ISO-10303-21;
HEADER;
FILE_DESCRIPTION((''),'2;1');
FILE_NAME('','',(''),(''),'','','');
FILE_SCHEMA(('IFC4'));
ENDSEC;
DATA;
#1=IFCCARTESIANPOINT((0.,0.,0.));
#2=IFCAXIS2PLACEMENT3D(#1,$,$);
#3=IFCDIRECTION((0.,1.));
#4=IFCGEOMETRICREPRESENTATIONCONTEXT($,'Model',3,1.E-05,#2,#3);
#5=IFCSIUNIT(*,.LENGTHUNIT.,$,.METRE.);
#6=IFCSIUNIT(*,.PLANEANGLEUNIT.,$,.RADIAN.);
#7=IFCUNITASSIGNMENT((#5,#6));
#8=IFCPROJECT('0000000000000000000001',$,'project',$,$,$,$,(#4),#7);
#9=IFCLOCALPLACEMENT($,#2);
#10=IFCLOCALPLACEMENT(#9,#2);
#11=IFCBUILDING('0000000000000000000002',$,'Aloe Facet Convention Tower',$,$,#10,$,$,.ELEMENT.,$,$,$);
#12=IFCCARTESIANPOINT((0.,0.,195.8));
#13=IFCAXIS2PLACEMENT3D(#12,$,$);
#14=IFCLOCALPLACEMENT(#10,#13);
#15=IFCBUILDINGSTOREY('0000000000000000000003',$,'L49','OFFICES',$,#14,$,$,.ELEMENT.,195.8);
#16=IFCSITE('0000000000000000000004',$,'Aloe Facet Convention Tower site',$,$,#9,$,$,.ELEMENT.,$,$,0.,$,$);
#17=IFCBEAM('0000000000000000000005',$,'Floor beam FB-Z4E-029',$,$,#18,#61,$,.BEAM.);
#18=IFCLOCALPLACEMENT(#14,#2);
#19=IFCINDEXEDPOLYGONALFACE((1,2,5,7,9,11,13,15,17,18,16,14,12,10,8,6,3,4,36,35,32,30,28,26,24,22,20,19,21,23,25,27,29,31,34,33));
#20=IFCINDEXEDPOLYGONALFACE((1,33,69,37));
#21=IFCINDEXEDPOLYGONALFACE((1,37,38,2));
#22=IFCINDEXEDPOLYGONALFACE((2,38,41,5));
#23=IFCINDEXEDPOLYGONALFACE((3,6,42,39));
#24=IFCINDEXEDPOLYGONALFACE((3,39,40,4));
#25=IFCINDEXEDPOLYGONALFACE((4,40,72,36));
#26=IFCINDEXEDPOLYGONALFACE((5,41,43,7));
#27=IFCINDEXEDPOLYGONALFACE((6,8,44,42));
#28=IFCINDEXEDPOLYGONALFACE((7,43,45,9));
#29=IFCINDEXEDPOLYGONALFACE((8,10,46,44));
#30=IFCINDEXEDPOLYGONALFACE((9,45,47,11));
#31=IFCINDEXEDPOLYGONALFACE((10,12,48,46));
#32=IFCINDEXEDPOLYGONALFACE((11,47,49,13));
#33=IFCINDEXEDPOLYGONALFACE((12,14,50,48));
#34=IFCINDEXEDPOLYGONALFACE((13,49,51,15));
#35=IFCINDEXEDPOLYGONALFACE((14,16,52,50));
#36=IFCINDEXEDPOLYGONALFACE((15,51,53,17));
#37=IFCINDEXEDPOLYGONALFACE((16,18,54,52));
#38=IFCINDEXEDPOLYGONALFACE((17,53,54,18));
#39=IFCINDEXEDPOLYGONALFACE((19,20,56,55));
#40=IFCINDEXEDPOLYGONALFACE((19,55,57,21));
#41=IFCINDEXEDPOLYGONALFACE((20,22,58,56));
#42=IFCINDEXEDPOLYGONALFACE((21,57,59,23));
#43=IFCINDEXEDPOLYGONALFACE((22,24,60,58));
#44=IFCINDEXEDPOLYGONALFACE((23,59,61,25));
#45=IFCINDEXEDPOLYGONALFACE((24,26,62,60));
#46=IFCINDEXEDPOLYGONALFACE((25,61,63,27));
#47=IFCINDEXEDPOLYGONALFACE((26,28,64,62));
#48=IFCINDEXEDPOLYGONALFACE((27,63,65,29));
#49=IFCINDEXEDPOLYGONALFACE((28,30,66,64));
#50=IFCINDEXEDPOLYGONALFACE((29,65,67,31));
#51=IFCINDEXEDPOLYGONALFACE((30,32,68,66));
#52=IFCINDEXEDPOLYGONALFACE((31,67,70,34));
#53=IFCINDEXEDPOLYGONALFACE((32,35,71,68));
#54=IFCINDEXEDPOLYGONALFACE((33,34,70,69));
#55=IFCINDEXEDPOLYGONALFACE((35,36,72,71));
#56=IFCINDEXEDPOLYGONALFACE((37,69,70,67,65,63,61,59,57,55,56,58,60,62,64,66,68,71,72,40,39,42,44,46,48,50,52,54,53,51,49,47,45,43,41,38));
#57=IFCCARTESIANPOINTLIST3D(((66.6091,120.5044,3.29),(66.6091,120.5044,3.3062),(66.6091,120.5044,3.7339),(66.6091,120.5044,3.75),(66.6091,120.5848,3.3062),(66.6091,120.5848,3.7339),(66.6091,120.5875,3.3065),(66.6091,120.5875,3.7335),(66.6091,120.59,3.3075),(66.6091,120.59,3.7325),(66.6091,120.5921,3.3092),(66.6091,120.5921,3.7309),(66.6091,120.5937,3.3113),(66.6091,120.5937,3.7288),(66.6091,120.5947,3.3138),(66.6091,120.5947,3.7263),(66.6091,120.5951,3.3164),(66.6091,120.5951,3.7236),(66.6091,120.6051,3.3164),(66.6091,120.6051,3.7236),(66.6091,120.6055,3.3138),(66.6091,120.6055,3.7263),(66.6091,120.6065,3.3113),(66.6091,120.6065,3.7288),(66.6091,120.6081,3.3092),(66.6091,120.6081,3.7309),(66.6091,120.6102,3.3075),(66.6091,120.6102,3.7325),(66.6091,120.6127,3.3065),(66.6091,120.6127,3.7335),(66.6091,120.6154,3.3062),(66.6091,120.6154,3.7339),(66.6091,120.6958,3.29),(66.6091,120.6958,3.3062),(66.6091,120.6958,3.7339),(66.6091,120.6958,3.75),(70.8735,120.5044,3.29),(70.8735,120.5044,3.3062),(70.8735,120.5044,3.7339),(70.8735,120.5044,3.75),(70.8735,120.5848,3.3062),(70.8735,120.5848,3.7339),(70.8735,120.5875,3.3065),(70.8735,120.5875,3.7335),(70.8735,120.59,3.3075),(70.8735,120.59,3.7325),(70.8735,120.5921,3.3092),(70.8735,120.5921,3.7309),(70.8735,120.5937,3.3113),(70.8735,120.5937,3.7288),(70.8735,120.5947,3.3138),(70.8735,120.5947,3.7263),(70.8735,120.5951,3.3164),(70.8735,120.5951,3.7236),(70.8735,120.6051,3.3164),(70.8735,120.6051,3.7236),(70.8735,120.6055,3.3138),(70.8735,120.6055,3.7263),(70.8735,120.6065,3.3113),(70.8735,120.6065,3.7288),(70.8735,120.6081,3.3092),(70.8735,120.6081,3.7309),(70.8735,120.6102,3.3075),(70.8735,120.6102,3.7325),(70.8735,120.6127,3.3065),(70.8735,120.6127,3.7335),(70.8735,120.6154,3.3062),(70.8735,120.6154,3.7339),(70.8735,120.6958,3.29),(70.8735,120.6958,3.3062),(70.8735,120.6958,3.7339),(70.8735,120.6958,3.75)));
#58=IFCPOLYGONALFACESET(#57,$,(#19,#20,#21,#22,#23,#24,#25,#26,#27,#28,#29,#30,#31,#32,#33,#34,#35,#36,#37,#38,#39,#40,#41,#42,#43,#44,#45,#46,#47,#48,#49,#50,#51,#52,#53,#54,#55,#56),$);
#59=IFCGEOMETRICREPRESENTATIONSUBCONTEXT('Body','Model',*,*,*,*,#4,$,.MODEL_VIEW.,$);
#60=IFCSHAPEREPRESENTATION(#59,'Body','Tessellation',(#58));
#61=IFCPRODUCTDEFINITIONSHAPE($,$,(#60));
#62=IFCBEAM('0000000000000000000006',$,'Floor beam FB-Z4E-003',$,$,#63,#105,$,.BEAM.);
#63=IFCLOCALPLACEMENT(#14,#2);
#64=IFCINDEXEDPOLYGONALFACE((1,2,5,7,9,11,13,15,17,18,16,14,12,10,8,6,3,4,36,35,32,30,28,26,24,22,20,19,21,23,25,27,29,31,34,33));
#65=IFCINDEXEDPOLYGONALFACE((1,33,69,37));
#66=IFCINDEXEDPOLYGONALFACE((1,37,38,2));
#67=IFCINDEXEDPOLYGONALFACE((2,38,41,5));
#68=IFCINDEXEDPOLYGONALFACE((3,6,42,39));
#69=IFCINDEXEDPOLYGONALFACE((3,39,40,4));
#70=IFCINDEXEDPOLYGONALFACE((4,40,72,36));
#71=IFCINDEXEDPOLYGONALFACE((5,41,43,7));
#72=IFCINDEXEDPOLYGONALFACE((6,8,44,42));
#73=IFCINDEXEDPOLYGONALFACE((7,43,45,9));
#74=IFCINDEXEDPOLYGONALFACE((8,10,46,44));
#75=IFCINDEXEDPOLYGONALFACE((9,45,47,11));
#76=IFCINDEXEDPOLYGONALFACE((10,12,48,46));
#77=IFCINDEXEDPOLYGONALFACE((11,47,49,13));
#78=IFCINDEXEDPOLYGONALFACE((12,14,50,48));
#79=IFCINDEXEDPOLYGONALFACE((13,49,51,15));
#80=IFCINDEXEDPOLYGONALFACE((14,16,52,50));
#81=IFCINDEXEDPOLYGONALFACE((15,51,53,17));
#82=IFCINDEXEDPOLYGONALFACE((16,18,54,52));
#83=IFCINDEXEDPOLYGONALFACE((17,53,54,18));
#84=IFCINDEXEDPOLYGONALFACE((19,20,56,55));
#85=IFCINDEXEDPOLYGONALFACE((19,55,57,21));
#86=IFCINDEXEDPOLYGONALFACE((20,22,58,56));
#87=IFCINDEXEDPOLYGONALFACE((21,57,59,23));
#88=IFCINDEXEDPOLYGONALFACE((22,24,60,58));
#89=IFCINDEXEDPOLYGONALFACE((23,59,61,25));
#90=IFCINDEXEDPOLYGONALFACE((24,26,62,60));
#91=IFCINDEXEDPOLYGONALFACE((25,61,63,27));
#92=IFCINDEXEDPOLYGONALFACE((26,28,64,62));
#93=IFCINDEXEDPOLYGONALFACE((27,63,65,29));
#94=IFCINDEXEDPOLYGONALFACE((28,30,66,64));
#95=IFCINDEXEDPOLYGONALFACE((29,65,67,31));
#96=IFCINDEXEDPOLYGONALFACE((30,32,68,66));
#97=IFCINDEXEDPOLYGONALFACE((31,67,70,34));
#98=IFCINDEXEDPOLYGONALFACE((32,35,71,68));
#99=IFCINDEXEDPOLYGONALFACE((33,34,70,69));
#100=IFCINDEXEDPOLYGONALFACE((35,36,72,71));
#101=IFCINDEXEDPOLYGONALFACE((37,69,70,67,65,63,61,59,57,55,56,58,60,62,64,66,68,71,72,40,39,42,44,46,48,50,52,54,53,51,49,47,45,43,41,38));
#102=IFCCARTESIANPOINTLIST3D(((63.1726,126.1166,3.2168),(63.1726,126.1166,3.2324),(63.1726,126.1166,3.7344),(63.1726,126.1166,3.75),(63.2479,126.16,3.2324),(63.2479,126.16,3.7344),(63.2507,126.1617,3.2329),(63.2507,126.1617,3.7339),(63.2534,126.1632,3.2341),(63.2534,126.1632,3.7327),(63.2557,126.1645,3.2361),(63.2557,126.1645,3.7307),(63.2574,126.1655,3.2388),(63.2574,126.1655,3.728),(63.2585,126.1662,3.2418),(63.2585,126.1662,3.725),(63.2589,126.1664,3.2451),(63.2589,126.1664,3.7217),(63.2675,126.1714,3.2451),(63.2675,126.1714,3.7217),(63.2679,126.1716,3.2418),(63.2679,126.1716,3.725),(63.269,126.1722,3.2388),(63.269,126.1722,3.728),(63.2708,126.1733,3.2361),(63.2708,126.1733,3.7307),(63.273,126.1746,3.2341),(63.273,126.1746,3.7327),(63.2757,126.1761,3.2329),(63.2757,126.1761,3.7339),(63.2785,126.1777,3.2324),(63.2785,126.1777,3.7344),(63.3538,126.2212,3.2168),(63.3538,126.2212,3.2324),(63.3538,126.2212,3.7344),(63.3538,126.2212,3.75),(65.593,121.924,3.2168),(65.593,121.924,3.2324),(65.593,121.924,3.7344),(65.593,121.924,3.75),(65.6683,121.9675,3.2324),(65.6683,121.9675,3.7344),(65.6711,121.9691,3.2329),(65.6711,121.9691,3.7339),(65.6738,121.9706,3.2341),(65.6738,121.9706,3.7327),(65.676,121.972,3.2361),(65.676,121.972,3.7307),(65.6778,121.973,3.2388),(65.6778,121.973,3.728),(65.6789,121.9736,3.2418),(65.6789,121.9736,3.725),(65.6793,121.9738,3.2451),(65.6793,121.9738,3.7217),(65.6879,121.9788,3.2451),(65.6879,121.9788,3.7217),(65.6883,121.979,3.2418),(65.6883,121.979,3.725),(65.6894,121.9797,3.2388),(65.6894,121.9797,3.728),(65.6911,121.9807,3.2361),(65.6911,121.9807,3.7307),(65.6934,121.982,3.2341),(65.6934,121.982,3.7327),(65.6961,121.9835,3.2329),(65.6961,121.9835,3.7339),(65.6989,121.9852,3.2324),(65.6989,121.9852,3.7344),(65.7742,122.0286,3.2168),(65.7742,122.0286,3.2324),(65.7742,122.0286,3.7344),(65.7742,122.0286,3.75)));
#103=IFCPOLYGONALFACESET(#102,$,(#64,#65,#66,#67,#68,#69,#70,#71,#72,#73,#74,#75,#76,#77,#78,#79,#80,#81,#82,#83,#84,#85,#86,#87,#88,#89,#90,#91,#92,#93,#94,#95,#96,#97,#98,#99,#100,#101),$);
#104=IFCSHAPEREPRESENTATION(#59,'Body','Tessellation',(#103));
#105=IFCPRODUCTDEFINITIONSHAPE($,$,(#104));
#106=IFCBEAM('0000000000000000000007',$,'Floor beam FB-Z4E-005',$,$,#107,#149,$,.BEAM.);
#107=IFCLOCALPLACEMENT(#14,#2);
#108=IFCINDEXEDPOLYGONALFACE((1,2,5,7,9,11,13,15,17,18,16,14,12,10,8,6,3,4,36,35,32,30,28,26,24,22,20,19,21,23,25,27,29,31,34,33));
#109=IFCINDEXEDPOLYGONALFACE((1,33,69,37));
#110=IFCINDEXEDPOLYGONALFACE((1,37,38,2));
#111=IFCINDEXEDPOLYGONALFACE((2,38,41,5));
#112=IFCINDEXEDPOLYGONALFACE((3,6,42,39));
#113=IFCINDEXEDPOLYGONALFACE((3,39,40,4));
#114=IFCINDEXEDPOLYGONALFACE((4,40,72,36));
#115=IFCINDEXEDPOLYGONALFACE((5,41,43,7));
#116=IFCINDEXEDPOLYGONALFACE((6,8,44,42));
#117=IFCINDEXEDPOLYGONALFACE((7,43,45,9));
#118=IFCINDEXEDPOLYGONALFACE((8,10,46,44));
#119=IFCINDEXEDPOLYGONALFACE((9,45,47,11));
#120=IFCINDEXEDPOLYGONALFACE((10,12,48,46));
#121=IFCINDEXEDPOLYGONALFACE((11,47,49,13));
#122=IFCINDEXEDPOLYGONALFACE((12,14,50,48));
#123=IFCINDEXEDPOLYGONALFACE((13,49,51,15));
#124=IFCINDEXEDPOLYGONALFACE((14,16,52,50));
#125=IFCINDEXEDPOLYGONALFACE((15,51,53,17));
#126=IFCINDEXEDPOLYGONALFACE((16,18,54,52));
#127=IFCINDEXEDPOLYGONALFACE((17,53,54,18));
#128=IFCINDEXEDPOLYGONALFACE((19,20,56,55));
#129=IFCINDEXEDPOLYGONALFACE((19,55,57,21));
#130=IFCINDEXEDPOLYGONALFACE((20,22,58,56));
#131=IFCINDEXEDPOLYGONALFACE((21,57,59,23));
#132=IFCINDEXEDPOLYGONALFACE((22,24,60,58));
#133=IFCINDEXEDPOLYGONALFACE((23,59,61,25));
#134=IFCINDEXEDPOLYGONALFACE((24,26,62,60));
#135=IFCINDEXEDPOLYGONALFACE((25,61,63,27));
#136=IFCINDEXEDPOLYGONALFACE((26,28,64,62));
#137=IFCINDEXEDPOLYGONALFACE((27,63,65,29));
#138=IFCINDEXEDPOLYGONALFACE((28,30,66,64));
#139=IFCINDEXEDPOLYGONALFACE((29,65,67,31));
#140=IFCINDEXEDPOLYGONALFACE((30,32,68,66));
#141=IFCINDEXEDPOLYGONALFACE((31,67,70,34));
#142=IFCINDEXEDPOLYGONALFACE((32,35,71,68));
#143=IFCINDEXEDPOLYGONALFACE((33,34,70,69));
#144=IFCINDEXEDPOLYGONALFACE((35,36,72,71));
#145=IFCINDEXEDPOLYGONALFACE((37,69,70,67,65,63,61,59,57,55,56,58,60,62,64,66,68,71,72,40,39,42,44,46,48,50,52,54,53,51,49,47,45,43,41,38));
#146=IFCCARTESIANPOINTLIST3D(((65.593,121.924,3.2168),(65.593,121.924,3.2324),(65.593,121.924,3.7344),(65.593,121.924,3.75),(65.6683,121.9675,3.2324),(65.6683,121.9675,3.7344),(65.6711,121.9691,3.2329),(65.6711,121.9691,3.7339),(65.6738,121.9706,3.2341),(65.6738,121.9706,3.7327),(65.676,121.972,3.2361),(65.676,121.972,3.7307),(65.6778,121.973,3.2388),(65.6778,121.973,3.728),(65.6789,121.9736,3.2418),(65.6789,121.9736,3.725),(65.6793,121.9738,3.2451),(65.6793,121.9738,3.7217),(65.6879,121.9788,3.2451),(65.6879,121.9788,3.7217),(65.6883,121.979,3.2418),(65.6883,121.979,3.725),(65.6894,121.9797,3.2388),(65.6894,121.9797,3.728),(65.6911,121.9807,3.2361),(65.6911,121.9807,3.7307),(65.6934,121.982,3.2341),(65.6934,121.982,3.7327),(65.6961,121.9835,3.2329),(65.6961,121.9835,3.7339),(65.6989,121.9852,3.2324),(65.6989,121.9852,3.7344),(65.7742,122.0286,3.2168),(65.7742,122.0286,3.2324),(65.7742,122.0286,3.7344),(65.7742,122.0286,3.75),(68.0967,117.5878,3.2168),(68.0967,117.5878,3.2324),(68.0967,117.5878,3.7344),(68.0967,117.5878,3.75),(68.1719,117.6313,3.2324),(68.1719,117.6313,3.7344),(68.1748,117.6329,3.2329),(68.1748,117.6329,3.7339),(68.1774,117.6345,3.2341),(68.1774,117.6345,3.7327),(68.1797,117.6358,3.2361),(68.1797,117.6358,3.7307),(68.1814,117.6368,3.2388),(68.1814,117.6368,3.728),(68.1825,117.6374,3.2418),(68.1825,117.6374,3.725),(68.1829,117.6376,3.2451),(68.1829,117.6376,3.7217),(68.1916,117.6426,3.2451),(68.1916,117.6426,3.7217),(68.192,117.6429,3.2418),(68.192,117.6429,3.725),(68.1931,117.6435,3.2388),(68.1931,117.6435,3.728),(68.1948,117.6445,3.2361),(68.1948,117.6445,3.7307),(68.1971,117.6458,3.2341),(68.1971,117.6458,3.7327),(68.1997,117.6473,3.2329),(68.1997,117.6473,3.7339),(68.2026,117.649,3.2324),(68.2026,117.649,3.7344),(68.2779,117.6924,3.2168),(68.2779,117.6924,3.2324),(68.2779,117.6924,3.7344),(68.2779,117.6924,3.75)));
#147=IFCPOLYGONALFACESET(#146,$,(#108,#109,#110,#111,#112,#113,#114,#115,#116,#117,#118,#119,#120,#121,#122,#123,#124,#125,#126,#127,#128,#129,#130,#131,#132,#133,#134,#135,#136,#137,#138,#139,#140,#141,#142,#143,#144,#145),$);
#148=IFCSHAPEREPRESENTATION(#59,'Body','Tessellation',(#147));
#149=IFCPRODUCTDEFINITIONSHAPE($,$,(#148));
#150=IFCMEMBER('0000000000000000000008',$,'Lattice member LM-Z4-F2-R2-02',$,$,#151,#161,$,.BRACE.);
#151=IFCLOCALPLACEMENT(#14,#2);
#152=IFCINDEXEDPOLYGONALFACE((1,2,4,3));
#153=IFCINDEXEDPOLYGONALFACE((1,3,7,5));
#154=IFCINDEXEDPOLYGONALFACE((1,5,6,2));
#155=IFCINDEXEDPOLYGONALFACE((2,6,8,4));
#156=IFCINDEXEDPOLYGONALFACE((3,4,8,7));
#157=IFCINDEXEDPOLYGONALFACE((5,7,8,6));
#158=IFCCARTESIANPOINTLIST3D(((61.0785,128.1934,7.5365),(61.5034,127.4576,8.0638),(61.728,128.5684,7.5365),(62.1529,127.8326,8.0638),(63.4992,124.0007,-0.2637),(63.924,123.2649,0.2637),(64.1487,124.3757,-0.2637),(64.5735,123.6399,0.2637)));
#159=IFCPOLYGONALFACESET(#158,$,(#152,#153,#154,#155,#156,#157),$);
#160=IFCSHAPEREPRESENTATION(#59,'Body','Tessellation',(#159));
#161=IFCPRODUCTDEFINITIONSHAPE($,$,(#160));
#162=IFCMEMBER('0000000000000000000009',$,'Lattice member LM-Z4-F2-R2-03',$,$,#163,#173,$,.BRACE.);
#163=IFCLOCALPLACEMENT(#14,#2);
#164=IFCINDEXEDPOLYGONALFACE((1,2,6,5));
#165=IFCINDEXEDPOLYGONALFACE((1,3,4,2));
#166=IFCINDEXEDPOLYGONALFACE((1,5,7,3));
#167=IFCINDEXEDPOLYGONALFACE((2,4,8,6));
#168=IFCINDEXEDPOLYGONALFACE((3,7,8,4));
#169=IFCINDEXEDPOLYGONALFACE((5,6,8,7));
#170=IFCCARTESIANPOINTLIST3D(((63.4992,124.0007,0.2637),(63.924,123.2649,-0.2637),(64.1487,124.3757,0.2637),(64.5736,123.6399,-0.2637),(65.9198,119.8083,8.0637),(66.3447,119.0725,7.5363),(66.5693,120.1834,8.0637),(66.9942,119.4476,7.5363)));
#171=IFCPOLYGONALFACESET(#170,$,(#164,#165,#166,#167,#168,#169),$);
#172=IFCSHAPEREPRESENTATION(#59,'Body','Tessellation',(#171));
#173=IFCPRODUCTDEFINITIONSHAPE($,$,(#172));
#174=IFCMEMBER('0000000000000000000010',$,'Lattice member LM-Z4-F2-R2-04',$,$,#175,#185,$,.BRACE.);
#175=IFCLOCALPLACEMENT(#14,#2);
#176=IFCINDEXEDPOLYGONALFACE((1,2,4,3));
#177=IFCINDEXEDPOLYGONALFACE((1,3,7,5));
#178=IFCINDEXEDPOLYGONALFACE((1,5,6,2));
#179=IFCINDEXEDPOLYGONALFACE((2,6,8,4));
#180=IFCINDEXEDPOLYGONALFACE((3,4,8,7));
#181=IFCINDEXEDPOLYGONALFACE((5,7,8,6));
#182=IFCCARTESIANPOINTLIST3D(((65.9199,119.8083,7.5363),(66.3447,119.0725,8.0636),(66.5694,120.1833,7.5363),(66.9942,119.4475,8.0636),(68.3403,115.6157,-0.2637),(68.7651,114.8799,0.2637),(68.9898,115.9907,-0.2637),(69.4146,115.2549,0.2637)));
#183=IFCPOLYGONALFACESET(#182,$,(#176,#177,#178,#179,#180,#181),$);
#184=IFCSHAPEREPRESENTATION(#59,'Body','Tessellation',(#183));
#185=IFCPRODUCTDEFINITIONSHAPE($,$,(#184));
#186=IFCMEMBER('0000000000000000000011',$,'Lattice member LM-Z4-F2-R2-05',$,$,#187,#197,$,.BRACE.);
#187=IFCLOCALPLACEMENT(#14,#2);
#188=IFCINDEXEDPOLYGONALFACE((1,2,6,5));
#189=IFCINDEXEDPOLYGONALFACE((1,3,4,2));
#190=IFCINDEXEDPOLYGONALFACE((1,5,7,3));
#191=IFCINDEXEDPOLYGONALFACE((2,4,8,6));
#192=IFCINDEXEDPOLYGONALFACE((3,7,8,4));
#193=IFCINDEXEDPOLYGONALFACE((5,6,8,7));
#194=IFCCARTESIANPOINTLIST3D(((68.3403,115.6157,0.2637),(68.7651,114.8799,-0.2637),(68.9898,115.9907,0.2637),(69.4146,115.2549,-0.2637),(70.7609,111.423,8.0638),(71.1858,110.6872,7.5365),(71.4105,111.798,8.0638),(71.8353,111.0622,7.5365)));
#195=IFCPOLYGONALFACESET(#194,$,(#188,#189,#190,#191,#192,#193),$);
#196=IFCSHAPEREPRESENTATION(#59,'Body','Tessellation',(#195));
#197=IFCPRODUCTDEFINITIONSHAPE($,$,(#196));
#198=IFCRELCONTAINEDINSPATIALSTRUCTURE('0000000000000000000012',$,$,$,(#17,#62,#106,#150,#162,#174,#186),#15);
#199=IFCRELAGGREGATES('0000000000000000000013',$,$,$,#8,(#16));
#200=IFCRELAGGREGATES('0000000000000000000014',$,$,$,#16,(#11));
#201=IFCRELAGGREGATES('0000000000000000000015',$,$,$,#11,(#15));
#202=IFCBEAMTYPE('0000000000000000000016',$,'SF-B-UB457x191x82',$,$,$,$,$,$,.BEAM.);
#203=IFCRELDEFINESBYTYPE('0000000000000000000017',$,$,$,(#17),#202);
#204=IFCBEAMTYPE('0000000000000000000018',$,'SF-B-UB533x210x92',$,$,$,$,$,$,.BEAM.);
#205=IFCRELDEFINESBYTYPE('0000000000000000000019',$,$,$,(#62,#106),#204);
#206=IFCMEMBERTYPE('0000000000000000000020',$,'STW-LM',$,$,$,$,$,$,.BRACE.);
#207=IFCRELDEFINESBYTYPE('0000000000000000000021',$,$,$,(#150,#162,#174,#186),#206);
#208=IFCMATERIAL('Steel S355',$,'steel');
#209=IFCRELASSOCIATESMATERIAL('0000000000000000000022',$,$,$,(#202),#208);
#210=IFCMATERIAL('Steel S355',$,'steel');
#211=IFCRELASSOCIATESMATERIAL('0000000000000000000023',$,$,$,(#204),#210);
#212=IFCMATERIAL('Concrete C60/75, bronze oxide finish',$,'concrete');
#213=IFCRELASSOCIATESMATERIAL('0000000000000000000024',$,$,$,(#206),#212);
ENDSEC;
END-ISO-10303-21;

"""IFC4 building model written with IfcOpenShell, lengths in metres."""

from ifc_helpers import new_model, si_unit, direction, frame, origin, origin_2d, place, context, subcontext, project, spatial, rectangle, i_section, extrude, material, material_profile, profile_set, type_object, element, save


model = new_model("IFC4")

# Units and contexts
model_context = context("Model", 3, precision=1e-05, world=origin(), true_north=direction((0.0, 1.0)))
body_context = subcontext(model_context, "Body", "Model", "MODEL_VIEW")
ifc_project = project(units=[si_unit("LENGTHUNIT", "METRE"), si_unit("PLANEANGLEUNIT", "RADIAN")], contexts=[model_context])

# Site, building, storey
site_placement = place(None, origin())
site = spatial("IfcSite", under=ifc_project, at=site_placement, Name="Aloe Facet Convention Tower site", CompositionType="ELEMENT", RefElevation=0.0)
building_placement = place(site_placement, origin())
building = spatial("IfcBuilding", under=site, at=building_placement, Name="Aloe Facet Convention Tower", CompositionType="ELEMENT")
storey_placement = place(building_placement, frame((0.0, 0.0, 195.8)))
storey = spatial("IfcBuildingStorey", under=building, at=storey_placement, Name="L49", Description="OFFICES", CompositionType="ELEMENT", Elevation=195.8)

# Beams
ifc_material_1 = material(Name="Steel S355", Category="steel")
ifc_material_profile_1 = material_profile(ifc_material_1, i_section(OverallWidth=0.1914, OverallDepth=0.46, WebThickness=0.01, FlangeThickness=0.0161, FilletRadius=0.0103, at=origin_2d()), Name="UB 457x191x82")
ifc_profile_set_1 = profile_set([ifc_material_profile_1], Name="Steel S355")
beam_type_1 = type_object("IfcBeamType", Name="SF-B-UB457x191x82", PredefinedType="BEAM", material=ifc_profile_set_1)
beam_1_placement = place(storey_placement, frame((66.6091, 120.6001, 3.52), z_axis=(1.0, 0.0, 0.0), x_axis=(0.0, 1.0, 0.0)))
element("IfcBeam", 1, at=beam_1_placement, inside=storey, type_object=beam_type_1, Name="Floor beam FB-Z4E-029", PredefinedType="BEAM", context=body_context, shape_type="SweptSolid", body=[
    extrude(i_section(OverallWidth=0.1914, OverallDepth=0.46, WebThickness=0.01, FlangeThickness=0.0161, FilletRadius=0.0103, at=origin_2d()), origin(), (0.0, 0.0, 1.0), 4.2644),
])
ifc_material_2 = material(Name="Steel S355", Category="steel")
ifc_material_profile_2 = material_profile(ifc_material_2, i_section(OverallWidth=0.2092, OverallDepth=0.5332, WebThickness=0.01, FlangeThickness=0.0156, FilletRadius=0.0127, at=origin_2d()), Name="UB 533x210x92")
ifc_profile_set_2 = profile_set([ifc_material_profile_2], Name="Steel S355")
beam_type_2 = type_object("IfcBeamType", Name="SF-B-UB533x210x92", PredefinedType="BEAM", material=ifc_profile_set_2)
beam_2_placement = place(storey_placement, frame((65.6836, 121.9763, 3.4834), z_axis=(-0.499968, 0.866044, 0.0), x_axis=(-0.866044, -0.499968, 0.0)))
element("IfcBeam", 2, at=beam_2_placement, inside=storey, type_object=beam_type_2, Name="Floor beam FB-Z4E-003", PredefinedType="BEAM", context=body_context, shape_type="SweptSolid", body=[
    extrude(i_section(OverallWidth=0.2092, OverallDepth=0.5332, WebThickness=0.01, FlangeThickness=0.0156, FilletRadius=0.0127, at=origin_2d()), origin(), (0.0, 0.0, 1.0), 4.8411),
])
beam_3_placement = place(storey_placement, frame((68.1873, 117.6401, 3.4834), z_axis=(-0.500025, 0.866011, 0.0), x_axis=(-0.866011, -0.500025, 0.0)))
element("IfcBeam", 3, at=beam_3_placement, inside=storey, type_object=beam_type_2, Name="Floor beam FB-Z4E-005", PredefinedType="BEAM", context=body_context, shape_type="SweptSolid", body=[
    extrude(i_section(OverallWidth=0.2092, OverallDepth=0.5332, WebThickness=0.01, FlangeThickness=0.0156, FilletRadius=0.0127, at=origin_2d()), origin(), (0.0, 0.0, 1.0), 5.0071),
])

# Members
ifc_material_3 = material(Name="Concrete C60/75, bronze oxide finish", Category="concrete")
ifc_material_profile_3 = material_profile(ifc_material_3, rectangle(XDim=0.75, YDim=1.0, at=origin_2d()), Name="STW-LM")
ifc_profile_set_3 = profile_set([ifc_material_profile_3], Name="Concrete C60/75, bronze oxide finish")
member_type = type_object("IfcMemberType", Name="STW-LM", PredefinedType="BRACE", material=ifc_profile_set_3)
member_1_placement = place(storey_placement, frame((64.0364, 123.8203, 0.0), z_axis=(-0.263678, 0.456697, 0.849648), x_axis=(-0.866022, -0.500006, 0.0)))
element("IfcMember", 4, at=member_1_placement, inside=storey, type_object=member_type, Name="Lattice member LM-Z4-F2-R2-02", PredefinedType="BRACE", context=body_context, shape_type="SweptSolid", body=[
    extrude(rectangle(XDim=0.75, YDim=1.0, at=origin_2d()), origin(), (0.0, 0.0, 1.0), 9.1804),
])
for number, where, z_axis, x_axis, name in (
    (5, (64.0364, 123.8203, 0.0), (0.263682, -0.456676, 0.849658), (0.866009, 0.500028, 0.0), "Lattice member LM-Z4-F2-R2-03"),
    (6, (68.8774, 115.4353, 0.0), (-0.263654, 0.4567, 0.849654), (-0.866044, -0.499968, 0.0), "Lattice member LM-Z4-F2-R2-04"),
):
    element("IfcMember", number, at=place(storey_placement, frame(where, z_axis=z_axis, x_axis=x_axis)), inside=storey, type_object=member_type, Name=name, PredefinedType="BRACE", context=body_context, shape_type="SweptSolid", body=[
        extrude(rectangle(XDim=0.75, YDim=1.0, at=origin_2d()), origin(), (0.0, 0.0, 1.0), 9.1802),
    ])
member_2_placement = place(storey_placement, frame((68.8774, 115.4353, 0.0), z_axis=(0.263678, -0.456697, 0.849648), x_axis=(0.866022, 0.500006, 0.0)))
element("IfcMember", 7, at=member_2_placement, inside=storey, type_object=member_type, Name="Lattice member LM-Z4-F2-R2-05", PredefinedType="BRACE", context=body_context, shape_type="SweptSolid", body=[
    extrude(rectangle(XDim=0.75, YDim=1.0, at=origin_2d()), origin(), (0.0, 0.0, 1.0), 9.1804),
])

save(model, "model.ifc")
